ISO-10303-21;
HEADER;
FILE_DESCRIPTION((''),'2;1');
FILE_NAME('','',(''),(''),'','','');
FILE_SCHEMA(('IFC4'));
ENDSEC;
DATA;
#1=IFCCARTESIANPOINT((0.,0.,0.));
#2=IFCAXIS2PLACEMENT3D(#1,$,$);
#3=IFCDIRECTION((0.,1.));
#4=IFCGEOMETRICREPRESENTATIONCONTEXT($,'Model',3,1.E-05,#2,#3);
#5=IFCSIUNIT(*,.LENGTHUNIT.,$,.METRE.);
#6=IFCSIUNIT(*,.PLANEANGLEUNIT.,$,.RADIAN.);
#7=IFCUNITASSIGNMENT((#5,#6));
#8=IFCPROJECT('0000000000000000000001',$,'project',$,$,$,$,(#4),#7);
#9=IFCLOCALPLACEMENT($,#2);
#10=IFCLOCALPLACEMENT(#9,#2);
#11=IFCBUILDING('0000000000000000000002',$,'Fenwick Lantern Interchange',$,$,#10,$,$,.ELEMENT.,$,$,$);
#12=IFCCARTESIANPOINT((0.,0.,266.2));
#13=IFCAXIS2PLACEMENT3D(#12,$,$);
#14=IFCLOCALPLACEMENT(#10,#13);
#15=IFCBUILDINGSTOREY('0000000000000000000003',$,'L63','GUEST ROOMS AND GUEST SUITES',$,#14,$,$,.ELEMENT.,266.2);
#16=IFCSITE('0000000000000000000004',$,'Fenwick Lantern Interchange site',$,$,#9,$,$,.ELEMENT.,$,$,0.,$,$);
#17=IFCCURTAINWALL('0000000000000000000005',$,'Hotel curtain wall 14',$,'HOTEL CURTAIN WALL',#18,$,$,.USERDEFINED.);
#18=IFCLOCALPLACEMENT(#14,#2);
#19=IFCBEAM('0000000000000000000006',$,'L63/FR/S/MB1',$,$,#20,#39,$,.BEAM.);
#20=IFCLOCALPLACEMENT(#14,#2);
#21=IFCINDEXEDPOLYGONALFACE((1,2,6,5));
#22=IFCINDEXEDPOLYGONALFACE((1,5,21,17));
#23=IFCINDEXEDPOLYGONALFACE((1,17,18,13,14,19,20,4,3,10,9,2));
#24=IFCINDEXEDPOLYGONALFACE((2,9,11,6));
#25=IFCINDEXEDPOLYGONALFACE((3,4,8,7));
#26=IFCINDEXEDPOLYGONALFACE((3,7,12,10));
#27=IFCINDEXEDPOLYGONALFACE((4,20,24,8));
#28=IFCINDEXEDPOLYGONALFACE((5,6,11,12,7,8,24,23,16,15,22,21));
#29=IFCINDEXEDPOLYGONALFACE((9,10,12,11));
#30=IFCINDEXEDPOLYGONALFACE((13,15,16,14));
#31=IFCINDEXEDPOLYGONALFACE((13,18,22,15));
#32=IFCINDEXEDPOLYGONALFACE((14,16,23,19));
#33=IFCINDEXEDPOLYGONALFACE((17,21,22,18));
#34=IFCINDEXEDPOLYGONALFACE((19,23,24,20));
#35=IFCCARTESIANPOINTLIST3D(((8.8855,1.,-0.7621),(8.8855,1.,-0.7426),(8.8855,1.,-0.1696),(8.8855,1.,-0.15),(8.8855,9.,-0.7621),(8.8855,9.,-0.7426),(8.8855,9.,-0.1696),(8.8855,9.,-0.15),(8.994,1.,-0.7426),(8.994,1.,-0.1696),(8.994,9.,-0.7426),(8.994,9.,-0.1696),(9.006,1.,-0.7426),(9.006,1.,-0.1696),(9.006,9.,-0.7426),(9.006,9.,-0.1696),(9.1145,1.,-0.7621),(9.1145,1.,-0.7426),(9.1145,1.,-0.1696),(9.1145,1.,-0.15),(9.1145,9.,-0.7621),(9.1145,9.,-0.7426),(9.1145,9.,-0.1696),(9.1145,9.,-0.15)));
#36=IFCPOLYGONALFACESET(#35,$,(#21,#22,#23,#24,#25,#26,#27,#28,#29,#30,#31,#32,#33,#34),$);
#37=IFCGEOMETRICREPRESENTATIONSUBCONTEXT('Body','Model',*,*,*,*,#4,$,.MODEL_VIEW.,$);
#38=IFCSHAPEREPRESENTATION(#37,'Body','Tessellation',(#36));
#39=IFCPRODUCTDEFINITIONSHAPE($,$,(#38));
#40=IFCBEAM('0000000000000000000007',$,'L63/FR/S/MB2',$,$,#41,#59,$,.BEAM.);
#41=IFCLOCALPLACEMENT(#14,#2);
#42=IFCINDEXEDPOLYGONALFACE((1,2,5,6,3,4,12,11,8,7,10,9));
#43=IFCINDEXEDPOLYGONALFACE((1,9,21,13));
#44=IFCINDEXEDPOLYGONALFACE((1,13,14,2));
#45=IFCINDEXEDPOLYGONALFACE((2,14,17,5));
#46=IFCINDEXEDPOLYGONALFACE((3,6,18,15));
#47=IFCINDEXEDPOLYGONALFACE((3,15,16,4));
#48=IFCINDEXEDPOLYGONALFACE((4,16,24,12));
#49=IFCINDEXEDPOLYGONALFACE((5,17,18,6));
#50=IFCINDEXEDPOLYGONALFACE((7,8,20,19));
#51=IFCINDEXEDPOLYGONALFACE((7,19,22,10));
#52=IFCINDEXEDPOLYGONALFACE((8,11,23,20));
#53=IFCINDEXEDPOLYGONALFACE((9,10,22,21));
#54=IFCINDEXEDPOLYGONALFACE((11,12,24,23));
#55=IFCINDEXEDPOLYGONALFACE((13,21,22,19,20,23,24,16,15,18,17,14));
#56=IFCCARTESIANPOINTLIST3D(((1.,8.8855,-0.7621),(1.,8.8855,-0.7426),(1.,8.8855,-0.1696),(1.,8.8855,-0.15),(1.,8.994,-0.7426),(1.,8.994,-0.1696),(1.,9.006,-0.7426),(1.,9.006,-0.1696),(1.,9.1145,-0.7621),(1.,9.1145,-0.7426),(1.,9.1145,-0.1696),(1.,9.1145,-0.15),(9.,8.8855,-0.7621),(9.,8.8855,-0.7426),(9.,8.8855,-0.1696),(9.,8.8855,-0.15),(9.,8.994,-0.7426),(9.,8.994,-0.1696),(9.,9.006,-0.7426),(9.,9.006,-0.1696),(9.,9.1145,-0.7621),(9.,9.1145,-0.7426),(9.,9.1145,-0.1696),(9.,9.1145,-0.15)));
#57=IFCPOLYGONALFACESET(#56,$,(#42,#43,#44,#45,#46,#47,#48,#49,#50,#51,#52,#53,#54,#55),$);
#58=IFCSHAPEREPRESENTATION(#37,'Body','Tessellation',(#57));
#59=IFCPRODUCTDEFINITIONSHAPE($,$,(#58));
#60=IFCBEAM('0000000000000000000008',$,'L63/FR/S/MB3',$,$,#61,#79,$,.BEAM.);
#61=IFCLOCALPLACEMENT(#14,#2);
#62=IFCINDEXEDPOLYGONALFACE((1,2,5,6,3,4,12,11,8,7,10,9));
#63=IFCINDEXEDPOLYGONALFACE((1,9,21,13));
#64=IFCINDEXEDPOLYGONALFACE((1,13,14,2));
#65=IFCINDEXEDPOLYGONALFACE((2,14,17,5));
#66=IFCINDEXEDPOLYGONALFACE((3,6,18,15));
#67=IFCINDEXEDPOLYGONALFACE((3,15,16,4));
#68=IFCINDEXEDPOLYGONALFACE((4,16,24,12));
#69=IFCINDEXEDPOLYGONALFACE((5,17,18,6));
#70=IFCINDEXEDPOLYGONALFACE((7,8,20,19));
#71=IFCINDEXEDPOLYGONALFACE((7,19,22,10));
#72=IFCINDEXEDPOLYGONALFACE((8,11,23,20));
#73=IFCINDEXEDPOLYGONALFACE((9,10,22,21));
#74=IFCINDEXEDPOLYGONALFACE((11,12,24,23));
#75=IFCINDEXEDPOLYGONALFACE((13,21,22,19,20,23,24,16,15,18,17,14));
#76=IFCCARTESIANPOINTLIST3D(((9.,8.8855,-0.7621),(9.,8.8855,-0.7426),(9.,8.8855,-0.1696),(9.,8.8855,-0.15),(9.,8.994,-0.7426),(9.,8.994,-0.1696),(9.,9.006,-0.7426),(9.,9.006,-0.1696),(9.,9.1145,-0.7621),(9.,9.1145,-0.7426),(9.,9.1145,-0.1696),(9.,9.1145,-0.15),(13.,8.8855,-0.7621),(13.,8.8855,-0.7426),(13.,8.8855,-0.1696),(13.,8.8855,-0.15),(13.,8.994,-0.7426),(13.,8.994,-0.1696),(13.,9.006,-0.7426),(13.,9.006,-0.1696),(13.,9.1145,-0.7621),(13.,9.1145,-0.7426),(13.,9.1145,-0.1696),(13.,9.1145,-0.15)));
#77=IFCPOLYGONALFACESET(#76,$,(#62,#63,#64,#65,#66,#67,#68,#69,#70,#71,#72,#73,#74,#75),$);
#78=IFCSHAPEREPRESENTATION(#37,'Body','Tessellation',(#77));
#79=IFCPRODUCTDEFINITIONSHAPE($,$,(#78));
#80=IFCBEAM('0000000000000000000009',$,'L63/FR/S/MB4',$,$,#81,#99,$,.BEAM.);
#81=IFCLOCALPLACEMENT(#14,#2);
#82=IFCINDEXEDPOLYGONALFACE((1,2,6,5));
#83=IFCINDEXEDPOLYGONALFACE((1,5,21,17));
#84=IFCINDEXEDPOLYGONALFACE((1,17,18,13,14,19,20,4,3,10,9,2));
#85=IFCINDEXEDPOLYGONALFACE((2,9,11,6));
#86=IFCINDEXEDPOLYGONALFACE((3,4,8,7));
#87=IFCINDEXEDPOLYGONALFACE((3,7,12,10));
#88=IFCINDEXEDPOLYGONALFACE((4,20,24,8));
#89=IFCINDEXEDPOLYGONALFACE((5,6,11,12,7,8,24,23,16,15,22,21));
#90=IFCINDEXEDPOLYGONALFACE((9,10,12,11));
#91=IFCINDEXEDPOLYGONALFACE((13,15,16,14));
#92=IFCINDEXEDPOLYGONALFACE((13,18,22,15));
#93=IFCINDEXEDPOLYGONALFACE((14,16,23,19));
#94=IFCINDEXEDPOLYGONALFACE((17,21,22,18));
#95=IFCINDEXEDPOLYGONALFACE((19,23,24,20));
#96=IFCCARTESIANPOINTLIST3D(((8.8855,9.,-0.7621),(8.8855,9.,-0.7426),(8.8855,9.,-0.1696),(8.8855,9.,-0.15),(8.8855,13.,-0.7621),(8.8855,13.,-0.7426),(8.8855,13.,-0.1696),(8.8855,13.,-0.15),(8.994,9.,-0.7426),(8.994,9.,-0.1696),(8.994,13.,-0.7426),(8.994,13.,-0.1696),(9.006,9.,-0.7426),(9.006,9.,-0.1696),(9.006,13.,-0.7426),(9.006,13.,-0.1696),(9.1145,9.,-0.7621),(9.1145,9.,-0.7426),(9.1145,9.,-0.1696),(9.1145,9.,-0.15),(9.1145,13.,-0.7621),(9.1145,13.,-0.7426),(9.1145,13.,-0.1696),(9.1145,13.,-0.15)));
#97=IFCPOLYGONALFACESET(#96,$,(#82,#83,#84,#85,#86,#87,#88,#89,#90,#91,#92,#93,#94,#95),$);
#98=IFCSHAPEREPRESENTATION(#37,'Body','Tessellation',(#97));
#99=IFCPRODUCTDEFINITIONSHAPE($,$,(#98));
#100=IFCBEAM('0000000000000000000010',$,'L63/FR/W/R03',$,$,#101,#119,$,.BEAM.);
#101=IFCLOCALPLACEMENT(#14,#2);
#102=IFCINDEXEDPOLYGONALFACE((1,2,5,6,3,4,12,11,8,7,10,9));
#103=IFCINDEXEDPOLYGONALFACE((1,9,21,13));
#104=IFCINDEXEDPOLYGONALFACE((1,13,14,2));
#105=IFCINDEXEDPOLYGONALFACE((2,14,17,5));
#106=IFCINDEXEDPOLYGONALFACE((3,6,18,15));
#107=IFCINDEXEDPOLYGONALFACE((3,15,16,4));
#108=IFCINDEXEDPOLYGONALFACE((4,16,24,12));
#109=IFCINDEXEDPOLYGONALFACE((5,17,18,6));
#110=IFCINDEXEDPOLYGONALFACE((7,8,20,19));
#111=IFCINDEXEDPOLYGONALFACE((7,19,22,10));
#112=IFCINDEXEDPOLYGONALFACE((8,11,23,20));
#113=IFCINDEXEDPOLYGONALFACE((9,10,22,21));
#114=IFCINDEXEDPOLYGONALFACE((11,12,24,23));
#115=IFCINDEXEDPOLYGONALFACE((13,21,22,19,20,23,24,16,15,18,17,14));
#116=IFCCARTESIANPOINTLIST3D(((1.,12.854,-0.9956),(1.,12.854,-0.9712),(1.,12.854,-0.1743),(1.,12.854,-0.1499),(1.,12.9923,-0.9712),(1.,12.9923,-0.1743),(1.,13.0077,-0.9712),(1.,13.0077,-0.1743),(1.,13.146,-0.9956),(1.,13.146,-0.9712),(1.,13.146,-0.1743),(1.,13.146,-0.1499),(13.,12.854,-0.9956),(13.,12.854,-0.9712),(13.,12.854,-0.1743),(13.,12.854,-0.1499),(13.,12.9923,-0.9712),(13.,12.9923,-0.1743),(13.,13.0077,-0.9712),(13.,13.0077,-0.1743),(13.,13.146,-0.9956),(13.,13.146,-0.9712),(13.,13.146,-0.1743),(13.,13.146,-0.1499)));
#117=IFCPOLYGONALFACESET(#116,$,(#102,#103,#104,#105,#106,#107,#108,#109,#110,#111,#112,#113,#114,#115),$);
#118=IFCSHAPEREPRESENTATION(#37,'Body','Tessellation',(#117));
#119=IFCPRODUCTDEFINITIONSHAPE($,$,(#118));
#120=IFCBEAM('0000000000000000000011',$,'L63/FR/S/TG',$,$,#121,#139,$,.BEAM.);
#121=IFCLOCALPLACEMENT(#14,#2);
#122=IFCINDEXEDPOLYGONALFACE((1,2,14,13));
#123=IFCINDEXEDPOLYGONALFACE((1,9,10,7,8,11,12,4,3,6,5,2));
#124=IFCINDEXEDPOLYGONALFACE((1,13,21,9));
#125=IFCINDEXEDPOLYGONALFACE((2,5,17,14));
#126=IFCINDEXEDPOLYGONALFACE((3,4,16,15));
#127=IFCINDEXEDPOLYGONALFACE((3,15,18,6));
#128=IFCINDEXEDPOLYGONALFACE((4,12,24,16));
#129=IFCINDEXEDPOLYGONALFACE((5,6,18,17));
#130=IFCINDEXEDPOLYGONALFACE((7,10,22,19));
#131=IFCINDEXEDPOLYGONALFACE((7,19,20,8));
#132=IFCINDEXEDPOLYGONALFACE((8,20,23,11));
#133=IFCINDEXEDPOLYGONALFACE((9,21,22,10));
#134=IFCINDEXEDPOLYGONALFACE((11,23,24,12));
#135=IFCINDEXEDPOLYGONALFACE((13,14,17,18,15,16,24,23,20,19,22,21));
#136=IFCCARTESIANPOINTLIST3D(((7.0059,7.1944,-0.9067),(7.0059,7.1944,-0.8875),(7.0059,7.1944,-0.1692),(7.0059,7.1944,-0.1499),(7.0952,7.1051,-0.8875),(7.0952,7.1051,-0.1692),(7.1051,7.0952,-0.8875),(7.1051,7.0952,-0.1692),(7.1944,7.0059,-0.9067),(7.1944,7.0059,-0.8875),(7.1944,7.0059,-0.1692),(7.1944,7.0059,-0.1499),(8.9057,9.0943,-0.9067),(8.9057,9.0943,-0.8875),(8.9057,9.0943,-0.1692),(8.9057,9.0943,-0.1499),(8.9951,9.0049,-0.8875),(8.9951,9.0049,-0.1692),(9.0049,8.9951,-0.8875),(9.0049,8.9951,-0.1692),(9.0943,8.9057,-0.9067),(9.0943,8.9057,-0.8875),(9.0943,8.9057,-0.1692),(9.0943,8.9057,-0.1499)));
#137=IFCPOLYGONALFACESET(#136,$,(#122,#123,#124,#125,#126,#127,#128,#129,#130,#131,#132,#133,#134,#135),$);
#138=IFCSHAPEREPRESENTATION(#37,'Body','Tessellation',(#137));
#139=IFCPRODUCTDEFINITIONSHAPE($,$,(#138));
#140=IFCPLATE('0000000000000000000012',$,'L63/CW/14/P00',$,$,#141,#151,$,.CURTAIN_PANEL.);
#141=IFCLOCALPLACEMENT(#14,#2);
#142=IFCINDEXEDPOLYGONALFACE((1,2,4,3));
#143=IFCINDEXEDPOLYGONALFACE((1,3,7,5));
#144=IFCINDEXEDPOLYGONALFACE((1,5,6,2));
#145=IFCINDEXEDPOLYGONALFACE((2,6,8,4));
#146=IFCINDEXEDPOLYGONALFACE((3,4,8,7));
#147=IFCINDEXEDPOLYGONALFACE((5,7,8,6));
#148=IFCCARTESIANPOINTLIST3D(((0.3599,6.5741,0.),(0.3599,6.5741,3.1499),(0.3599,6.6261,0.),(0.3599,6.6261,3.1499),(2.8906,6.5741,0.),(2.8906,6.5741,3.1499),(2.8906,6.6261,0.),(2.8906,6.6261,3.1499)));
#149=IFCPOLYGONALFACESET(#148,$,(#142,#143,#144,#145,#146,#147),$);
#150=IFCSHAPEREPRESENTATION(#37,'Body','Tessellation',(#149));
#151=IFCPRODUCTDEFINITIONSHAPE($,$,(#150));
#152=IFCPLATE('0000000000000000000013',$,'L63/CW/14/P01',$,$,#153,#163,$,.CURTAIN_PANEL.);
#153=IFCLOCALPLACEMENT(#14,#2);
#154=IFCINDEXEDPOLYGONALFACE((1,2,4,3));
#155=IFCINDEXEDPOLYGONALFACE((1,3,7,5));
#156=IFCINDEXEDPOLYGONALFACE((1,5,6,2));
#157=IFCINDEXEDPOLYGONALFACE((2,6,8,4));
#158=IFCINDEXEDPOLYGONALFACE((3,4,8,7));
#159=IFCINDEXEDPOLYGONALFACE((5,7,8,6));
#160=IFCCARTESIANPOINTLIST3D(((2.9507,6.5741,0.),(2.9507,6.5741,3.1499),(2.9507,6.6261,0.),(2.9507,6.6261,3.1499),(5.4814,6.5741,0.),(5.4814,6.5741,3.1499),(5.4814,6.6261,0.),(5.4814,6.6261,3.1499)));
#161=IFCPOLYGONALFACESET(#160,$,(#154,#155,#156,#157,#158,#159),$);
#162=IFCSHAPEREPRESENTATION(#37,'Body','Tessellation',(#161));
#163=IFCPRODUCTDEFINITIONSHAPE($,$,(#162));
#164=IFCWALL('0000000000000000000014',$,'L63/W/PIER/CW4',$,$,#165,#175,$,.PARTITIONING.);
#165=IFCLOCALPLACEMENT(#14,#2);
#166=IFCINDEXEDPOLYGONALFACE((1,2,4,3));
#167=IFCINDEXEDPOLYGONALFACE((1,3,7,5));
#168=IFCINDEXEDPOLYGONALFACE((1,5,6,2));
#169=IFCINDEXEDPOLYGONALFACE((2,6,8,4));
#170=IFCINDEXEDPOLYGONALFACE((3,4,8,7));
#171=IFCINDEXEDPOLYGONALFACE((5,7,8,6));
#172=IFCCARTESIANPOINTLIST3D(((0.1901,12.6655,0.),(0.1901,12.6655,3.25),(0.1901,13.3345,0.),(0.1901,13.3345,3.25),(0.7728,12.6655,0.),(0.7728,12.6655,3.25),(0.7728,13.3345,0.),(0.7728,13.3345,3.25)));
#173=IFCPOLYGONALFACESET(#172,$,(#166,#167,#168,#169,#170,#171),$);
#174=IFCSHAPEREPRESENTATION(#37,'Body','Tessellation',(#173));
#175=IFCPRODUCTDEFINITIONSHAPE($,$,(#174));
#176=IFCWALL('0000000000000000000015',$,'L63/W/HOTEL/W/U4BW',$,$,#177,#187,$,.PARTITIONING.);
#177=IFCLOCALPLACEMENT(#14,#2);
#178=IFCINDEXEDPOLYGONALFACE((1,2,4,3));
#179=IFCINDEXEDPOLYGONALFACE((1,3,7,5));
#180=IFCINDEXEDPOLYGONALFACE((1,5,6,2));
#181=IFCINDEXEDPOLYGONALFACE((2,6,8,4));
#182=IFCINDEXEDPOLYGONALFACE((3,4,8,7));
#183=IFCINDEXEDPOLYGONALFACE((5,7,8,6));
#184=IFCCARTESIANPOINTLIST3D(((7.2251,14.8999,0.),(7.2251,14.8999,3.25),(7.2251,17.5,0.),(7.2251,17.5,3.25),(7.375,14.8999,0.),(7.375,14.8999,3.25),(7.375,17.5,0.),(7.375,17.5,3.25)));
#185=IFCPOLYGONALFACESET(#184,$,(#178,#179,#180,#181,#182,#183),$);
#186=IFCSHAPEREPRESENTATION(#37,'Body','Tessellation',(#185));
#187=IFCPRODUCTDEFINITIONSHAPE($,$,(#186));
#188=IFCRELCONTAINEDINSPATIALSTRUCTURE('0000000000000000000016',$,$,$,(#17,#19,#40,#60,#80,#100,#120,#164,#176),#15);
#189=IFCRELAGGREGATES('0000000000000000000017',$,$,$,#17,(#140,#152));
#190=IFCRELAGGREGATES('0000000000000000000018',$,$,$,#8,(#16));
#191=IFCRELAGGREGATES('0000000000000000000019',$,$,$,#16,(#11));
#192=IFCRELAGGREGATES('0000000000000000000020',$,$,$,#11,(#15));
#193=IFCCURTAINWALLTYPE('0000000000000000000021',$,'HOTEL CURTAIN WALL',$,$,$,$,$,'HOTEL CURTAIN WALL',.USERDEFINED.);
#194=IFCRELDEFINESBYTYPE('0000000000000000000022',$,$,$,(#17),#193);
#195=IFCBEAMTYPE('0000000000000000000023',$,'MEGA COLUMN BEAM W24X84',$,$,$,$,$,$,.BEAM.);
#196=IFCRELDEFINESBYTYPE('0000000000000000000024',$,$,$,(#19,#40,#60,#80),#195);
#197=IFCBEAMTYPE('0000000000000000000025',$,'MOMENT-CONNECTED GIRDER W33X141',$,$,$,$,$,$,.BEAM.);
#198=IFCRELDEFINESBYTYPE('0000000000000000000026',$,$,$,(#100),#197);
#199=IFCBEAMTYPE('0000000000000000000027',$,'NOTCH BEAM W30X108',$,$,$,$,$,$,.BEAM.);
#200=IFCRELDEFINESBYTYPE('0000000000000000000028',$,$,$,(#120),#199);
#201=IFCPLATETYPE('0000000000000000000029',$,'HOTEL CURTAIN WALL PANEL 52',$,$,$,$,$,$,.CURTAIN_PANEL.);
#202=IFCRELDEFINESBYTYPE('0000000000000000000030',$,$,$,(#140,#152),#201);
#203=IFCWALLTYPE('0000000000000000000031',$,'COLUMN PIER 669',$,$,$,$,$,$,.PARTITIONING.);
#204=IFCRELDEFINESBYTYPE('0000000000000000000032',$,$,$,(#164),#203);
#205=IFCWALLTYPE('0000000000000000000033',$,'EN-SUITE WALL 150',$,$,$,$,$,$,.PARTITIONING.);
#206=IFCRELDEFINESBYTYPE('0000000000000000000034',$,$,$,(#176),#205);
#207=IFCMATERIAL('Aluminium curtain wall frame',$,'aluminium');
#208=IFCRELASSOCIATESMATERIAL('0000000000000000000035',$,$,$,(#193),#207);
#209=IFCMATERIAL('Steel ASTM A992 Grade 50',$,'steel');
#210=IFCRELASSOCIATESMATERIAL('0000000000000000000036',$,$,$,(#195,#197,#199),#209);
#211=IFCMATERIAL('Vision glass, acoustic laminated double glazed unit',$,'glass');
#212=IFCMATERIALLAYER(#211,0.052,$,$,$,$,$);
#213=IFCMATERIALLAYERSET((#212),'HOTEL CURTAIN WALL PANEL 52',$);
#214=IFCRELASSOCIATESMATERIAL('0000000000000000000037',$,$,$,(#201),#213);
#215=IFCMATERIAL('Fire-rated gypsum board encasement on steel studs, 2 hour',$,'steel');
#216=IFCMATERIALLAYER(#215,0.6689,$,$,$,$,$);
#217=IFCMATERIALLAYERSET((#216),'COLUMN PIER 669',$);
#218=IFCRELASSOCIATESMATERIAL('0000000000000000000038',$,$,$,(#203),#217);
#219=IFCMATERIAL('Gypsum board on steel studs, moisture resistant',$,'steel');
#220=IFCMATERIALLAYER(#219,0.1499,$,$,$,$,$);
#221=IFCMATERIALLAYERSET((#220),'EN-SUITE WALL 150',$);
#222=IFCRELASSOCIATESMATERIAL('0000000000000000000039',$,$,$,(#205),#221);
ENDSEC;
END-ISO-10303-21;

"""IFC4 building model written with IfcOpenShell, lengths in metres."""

from ifc_helpers import new_model, si_unit, direction, frame, frame_2d, origin, origin_2d, place, context, subcontext, project, spatial, rectangle, i_section, extrude, material, layer, layer_set, material_profile, profile_set, type_object, element, aggregate, save


model = new_model("IFC4")

# Units and contexts
model_context = context("Model", 3, precision=1e-05, world=origin(), true_north=direction((0.0, 1.0)))
body_context = subcontext(model_context, "Body", "Model", "MODEL_VIEW")
ifc_project = project(units=[si_unit("LENGTHUNIT", "METRE"), si_unit("PLANEANGLEUNIT", "RADIAN")], contexts=[model_context])

# Site, building, storey
site_placement = place(None, origin())
site = spatial("IfcSite", under=ifc_project, at=site_placement, Name="Fenwick Lantern Interchange site", CompositionType="ELEMENT", RefElevation=0.0)
building_placement = place(site_placement, origin())
building = spatial("IfcBuilding", under=site, at=building_placement, Name="Fenwick Lantern Interchange", CompositionType="ELEMENT")
storey_placement = place(building_placement, frame((0.0, 0.0, 266.2)))
storey = spatial("IfcBuildingStorey", under=building, at=storey_placement, Name="L63", Description="GUEST ROOMS AND GUEST SUITES", CompositionType="ELEMENT", Elevation=266.2)

# Shared definitions
ifc_material_1 = material(Name="Steel ASTM A992 Grade 50", Category="steel")

# Curtain wall
ifc_material_2 = material(Name="Aluminium curtain wall frame", Category="aluminium")
curtain_wall_type = type_object("IfcCurtainWallType", Name="HOTEL CURTAIN WALL", ElementType="HOTEL CURTAIN WALL", PredefinedType="USERDEFINED", material=ifc_material_2)
curtain_wall_1_placement = place(storey_placement, origin())
curtain_wall_1 = element("IfcCurtainWall", 1, at=curtain_wall_1_placement, inside=storey, type_object=curtain_wall_type, Name="Hotel curtain wall 14", ObjectType="HOTEL CURTAIN WALL", PredefinedType="USERDEFINED")

# Beams
ifc_material_profile_1 = material_profile(ifc_material_1, i_section(OverallWidth=0.229, OverallDepth=0.6121, WebThickness=0.012, FlangeThickness=0.0195, at=origin_2d()), Name="W24X84")
ifc_profile_set_1 = profile_set([ifc_material_profile_1], Name="Steel ASTM A992 Grade 50")
beam_type_1 = type_object("IfcBeamType", Name="MEGA COLUMN BEAM W24X84", PredefinedType="BEAM", material=ifc_profile_set_1)
for number, where, z_axis, x_axis, name in (
    (2, (9.0, 9.0, -0.4561), (0.0, -1.0, 0.0), (1.0, 0.0, 0.0), "L63/FR/S/MB1"),
    (3, (9.0, 9.0, -0.4561), (-1.0, 0.0, 0.0), (0.0, -1.0, 0.0), "L63/FR/S/MB2"),
):
    element("IfcBeam", number, at=place(storey_placement, frame(where, z_axis=z_axis, x_axis=x_axis)), inside=storey, type_object=beam_type_1, Name=name, PredefinedType="BEAM", context=body_context, shape_type="SweptSolid", body=[
        extrude(i_section(OverallWidth=0.229, OverallDepth=0.6121, WebThickness=0.012, FlangeThickness=0.0195, at=origin_2d()), origin(), (0.0, 0.0, 1.0), 8.0),
    ])
for number, where, z_axis, x_axis, name in (
    (4, (9.0, 9.0, -0.4561), (1.0, 0.0, 0.0), (0.0, 1.0, 0.0), "L63/FR/S/MB3"),
    (5, (9.0, 9.0, -0.4561), (0.0, 1.0, 0.0), (-1.0, 0.0, 0.0), "L63/FR/S/MB4"),
):
    element("IfcBeam", number, at=place(storey_placement, frame(where, z_axis=z_axis, x_axis=x_axis)), inside=storey, type_object=beam_type_1, Name=name, PredefinedType="BEAM", context=body_context, shape_type="SweptSolid", body=[
        extrude(i_section(OverallWidth=0.229, OverallDepth=0.6121, WebThickness=0.012, FlangeThickness=0.0195, at=origin_2d()), origin(), (0.0, 0.0, 1.0), 4.0),
    ])
ifc_material_profile_2 = material_profile(ifc_material_1, i_section(OverallWidth=0.292, OverallDepth=0.8457, WebThickness=0.0154, FlangeThickness=0.0244, at=origin_2d()), Name="W33X141")
ifc_profile_set_2 = profile_set([ifc_material_profile_2], Name="Steel ASTM A992 Grade 50")
beam_type_2 = type_object("IfcBeamType", Name="MOMENT-CONNECTED GIRDER W33X141", PredefinedType="BEAM", material=ifc_profile_set_2)
beam_1_placement = place(storey_placement, frame((1.0, 13.0, -0.5728), z_axis=(1.0, 0.0, 0.0), x_axis=(0.0, 1.0, 0.0)))
element("IfcBeam", 6, at=beam_1_placement, inside=storey, type_object=beam_type_2, Name="L63/FR/W/R03", PredefinedType="BEAM", context=body_context, shape_type="SweptSolid", body=[
    extrude(i_section(OverallWidth=0.292, OverallDepth=0.8457, WebThickness=0.0154, FlangeThickness=0.0244, at=origin_2d()), origin(), (0.0, 0.0, 1.0), 12.0),
])
ifc_material_profile_3 = material_profile(ifc_material_1, i_section(OverallWidth=0.2666, OverallDepth=0.7568, WebThickness=0.0139, FlangeThickness=0.0193, at=origin_2d()), Name="W30X108")
ifc_profile_set_3 = profile_set([ifc_material_profile_3], Name="Steel ASTM A992 Grade 50")
beam_type_3 = type_object("IfcBeamType", Name="NOTCH BEAM W30X108", PredefinedType="BEAM", material=ifc_profile_set_3)
beam_2_placement = place(storey_placement, frame((9.0, 9.0, -0.5283), z_axis=(-0.707107, -0.707107, 0.0), x_axis=(0.707107, -0.707107, 0.0)))
element("IfcBeam", 7, at=beam_2_placement, inside=storey, type_object=beam_type_3, Name="L63/FR/S/TG", PredefinedType="BEAM", context=body_context, shape_type="SweptSolid", body=[
    extrude(i_section(OverallWidth=0.2666, OverallDepth=0.7568, WebThickness=0.0139, FlangeThickness=0.0193, at=origin_2d()), origin(), (0.0, 0.0, 1.0), 2.6868),
])

# Plates
ifc_material_3 = material(Name="Vision glass, acoustic laminated double glazed unit", Category="glass")
ifc_layer_1 = layer(ifc_material_3, 0.052)
ifc_layer_set_1 = layer_set([ifc_layer_1], Name="HOTEL CURTAIN WALL PANEL 52")
plate_type = type_object("IfcPlateType", Name="HOTEL CURTAIN WALL PANEL 52", PredefinedType="CURTAIN_PANEL", material=ifc_layer_set_1)
plate_1_placement = place(storey_placement, frame((1.6252, 6.6001, 0.0), z_axis=(0.0, 0.0, 1.0), x_axis=(1.0, 0.0, 0.0)))
plate_1 = element("IfcPlate", 8, at=plate_1_placement, type_object=plate_type, Name="L63/CW/14/P00", PredefinedType="CURTAIN_PANEL", context=body_context, shape_type="SweptSolid", body=[
    extrude(rectangle(XDim=2.5308, YDim=0.052, at=origin_2d()), origin(), (0.0, 0.0, 1.0), 3.1499),
])
plate_2_placement = place(storey_placement, frame((4.2161, 6.6001, 0.0), z_axis=(0.0, 0.0, 1.0), x_axis=(1.0, 0.0, 0.0)))
plate_2 = element("IfcPlate", 9, at=plate_2_placement, type_object=plate_type, Name="L63/CW/14/P01", PredefinedType="CURTAIN_PANEL", context=body_context, shape_type="SweptSolid", body=[
    extrude(rectangle(XDim=2.5308, YDim=0.052, at=origin_2d()), origin(), (0.0, 0.0, 1.0), 3.1499),
])
aggregate(curtain_wall_1, [plate_1, plate_2])

# Walls
ifc_material_4 = material(Name="Fire-rated gypsum board encasement on steel studs, 2 hour", Category="steel")
ifc_layer_2 = layer(ifc_material_4, 0.6689)
ifc_layer_set_2 = layer_set([ifc_layer_2], Name="COLUMN PIER 669")
wall_type_1 = type_object("IfcWallType", Name="COLUMN PIER 669", PredefinedType="PARTITIONING", material=ifc_layer_set_2)
wall_1_placement = place(storey_placement, frame((0.1899, 13.0, 0.0), z_axis=(0.0, 0.0, 1.0), x_axis=(1.0, 0.0, 0.0)))
element("IfcWall", 10, at=wall_1_placement, inside=storey, type_object=wall_type_1, Name="L63/W/PIER/CW4", PredefinedType="PARTITIONING", context=body_context, shape_type="SweptSolid", body=[
    extrude(rectangle(XDim=0.5828, YDim=0.6689, at=frame_2d((0.2915, 0.0))), origin(), (0.0, 0.0, 1.0), 3.25),
])
ifc_material_5 = material(Name="Gypsum board on steel studs, moisture resistant", Category="steel")
ifc_layer_3 = layer(ifc_material_5, 0.1499)
ifc_layer_set_3 = layer_set([ifc_layer_3], Name="EN-SUITE WALL 150")
wall_type_2 = type_object("IfcWallType", Name="EN-SUITE WALL 150", PredefinedType="PARTITIONING", material=ifc_layer_set_3)
wall_2_placement = place(storey_placement, frame((7.3, 17.5, 0.0), z_axis=(0.0, 0.0, 1.0), x_axis=(0.0, -1.0, 0.0)))
element("IfcWall", 11, at=wall_2_placement, inside=storey, type_object=wall_type_2, Name="L63/W/HOTEL/W/U4BW", PredefinedType="PARTITIONING", context=body_context, shape_type="SweptSolid", body=[
    extrude(rectangle(XDim=2.6001, YDim=0.1499, at=frame_2d((1.3, 0.0))), origin(), (0.0, 0.0, 1.0), 3.25),
])

save(model, "model.ifc")
